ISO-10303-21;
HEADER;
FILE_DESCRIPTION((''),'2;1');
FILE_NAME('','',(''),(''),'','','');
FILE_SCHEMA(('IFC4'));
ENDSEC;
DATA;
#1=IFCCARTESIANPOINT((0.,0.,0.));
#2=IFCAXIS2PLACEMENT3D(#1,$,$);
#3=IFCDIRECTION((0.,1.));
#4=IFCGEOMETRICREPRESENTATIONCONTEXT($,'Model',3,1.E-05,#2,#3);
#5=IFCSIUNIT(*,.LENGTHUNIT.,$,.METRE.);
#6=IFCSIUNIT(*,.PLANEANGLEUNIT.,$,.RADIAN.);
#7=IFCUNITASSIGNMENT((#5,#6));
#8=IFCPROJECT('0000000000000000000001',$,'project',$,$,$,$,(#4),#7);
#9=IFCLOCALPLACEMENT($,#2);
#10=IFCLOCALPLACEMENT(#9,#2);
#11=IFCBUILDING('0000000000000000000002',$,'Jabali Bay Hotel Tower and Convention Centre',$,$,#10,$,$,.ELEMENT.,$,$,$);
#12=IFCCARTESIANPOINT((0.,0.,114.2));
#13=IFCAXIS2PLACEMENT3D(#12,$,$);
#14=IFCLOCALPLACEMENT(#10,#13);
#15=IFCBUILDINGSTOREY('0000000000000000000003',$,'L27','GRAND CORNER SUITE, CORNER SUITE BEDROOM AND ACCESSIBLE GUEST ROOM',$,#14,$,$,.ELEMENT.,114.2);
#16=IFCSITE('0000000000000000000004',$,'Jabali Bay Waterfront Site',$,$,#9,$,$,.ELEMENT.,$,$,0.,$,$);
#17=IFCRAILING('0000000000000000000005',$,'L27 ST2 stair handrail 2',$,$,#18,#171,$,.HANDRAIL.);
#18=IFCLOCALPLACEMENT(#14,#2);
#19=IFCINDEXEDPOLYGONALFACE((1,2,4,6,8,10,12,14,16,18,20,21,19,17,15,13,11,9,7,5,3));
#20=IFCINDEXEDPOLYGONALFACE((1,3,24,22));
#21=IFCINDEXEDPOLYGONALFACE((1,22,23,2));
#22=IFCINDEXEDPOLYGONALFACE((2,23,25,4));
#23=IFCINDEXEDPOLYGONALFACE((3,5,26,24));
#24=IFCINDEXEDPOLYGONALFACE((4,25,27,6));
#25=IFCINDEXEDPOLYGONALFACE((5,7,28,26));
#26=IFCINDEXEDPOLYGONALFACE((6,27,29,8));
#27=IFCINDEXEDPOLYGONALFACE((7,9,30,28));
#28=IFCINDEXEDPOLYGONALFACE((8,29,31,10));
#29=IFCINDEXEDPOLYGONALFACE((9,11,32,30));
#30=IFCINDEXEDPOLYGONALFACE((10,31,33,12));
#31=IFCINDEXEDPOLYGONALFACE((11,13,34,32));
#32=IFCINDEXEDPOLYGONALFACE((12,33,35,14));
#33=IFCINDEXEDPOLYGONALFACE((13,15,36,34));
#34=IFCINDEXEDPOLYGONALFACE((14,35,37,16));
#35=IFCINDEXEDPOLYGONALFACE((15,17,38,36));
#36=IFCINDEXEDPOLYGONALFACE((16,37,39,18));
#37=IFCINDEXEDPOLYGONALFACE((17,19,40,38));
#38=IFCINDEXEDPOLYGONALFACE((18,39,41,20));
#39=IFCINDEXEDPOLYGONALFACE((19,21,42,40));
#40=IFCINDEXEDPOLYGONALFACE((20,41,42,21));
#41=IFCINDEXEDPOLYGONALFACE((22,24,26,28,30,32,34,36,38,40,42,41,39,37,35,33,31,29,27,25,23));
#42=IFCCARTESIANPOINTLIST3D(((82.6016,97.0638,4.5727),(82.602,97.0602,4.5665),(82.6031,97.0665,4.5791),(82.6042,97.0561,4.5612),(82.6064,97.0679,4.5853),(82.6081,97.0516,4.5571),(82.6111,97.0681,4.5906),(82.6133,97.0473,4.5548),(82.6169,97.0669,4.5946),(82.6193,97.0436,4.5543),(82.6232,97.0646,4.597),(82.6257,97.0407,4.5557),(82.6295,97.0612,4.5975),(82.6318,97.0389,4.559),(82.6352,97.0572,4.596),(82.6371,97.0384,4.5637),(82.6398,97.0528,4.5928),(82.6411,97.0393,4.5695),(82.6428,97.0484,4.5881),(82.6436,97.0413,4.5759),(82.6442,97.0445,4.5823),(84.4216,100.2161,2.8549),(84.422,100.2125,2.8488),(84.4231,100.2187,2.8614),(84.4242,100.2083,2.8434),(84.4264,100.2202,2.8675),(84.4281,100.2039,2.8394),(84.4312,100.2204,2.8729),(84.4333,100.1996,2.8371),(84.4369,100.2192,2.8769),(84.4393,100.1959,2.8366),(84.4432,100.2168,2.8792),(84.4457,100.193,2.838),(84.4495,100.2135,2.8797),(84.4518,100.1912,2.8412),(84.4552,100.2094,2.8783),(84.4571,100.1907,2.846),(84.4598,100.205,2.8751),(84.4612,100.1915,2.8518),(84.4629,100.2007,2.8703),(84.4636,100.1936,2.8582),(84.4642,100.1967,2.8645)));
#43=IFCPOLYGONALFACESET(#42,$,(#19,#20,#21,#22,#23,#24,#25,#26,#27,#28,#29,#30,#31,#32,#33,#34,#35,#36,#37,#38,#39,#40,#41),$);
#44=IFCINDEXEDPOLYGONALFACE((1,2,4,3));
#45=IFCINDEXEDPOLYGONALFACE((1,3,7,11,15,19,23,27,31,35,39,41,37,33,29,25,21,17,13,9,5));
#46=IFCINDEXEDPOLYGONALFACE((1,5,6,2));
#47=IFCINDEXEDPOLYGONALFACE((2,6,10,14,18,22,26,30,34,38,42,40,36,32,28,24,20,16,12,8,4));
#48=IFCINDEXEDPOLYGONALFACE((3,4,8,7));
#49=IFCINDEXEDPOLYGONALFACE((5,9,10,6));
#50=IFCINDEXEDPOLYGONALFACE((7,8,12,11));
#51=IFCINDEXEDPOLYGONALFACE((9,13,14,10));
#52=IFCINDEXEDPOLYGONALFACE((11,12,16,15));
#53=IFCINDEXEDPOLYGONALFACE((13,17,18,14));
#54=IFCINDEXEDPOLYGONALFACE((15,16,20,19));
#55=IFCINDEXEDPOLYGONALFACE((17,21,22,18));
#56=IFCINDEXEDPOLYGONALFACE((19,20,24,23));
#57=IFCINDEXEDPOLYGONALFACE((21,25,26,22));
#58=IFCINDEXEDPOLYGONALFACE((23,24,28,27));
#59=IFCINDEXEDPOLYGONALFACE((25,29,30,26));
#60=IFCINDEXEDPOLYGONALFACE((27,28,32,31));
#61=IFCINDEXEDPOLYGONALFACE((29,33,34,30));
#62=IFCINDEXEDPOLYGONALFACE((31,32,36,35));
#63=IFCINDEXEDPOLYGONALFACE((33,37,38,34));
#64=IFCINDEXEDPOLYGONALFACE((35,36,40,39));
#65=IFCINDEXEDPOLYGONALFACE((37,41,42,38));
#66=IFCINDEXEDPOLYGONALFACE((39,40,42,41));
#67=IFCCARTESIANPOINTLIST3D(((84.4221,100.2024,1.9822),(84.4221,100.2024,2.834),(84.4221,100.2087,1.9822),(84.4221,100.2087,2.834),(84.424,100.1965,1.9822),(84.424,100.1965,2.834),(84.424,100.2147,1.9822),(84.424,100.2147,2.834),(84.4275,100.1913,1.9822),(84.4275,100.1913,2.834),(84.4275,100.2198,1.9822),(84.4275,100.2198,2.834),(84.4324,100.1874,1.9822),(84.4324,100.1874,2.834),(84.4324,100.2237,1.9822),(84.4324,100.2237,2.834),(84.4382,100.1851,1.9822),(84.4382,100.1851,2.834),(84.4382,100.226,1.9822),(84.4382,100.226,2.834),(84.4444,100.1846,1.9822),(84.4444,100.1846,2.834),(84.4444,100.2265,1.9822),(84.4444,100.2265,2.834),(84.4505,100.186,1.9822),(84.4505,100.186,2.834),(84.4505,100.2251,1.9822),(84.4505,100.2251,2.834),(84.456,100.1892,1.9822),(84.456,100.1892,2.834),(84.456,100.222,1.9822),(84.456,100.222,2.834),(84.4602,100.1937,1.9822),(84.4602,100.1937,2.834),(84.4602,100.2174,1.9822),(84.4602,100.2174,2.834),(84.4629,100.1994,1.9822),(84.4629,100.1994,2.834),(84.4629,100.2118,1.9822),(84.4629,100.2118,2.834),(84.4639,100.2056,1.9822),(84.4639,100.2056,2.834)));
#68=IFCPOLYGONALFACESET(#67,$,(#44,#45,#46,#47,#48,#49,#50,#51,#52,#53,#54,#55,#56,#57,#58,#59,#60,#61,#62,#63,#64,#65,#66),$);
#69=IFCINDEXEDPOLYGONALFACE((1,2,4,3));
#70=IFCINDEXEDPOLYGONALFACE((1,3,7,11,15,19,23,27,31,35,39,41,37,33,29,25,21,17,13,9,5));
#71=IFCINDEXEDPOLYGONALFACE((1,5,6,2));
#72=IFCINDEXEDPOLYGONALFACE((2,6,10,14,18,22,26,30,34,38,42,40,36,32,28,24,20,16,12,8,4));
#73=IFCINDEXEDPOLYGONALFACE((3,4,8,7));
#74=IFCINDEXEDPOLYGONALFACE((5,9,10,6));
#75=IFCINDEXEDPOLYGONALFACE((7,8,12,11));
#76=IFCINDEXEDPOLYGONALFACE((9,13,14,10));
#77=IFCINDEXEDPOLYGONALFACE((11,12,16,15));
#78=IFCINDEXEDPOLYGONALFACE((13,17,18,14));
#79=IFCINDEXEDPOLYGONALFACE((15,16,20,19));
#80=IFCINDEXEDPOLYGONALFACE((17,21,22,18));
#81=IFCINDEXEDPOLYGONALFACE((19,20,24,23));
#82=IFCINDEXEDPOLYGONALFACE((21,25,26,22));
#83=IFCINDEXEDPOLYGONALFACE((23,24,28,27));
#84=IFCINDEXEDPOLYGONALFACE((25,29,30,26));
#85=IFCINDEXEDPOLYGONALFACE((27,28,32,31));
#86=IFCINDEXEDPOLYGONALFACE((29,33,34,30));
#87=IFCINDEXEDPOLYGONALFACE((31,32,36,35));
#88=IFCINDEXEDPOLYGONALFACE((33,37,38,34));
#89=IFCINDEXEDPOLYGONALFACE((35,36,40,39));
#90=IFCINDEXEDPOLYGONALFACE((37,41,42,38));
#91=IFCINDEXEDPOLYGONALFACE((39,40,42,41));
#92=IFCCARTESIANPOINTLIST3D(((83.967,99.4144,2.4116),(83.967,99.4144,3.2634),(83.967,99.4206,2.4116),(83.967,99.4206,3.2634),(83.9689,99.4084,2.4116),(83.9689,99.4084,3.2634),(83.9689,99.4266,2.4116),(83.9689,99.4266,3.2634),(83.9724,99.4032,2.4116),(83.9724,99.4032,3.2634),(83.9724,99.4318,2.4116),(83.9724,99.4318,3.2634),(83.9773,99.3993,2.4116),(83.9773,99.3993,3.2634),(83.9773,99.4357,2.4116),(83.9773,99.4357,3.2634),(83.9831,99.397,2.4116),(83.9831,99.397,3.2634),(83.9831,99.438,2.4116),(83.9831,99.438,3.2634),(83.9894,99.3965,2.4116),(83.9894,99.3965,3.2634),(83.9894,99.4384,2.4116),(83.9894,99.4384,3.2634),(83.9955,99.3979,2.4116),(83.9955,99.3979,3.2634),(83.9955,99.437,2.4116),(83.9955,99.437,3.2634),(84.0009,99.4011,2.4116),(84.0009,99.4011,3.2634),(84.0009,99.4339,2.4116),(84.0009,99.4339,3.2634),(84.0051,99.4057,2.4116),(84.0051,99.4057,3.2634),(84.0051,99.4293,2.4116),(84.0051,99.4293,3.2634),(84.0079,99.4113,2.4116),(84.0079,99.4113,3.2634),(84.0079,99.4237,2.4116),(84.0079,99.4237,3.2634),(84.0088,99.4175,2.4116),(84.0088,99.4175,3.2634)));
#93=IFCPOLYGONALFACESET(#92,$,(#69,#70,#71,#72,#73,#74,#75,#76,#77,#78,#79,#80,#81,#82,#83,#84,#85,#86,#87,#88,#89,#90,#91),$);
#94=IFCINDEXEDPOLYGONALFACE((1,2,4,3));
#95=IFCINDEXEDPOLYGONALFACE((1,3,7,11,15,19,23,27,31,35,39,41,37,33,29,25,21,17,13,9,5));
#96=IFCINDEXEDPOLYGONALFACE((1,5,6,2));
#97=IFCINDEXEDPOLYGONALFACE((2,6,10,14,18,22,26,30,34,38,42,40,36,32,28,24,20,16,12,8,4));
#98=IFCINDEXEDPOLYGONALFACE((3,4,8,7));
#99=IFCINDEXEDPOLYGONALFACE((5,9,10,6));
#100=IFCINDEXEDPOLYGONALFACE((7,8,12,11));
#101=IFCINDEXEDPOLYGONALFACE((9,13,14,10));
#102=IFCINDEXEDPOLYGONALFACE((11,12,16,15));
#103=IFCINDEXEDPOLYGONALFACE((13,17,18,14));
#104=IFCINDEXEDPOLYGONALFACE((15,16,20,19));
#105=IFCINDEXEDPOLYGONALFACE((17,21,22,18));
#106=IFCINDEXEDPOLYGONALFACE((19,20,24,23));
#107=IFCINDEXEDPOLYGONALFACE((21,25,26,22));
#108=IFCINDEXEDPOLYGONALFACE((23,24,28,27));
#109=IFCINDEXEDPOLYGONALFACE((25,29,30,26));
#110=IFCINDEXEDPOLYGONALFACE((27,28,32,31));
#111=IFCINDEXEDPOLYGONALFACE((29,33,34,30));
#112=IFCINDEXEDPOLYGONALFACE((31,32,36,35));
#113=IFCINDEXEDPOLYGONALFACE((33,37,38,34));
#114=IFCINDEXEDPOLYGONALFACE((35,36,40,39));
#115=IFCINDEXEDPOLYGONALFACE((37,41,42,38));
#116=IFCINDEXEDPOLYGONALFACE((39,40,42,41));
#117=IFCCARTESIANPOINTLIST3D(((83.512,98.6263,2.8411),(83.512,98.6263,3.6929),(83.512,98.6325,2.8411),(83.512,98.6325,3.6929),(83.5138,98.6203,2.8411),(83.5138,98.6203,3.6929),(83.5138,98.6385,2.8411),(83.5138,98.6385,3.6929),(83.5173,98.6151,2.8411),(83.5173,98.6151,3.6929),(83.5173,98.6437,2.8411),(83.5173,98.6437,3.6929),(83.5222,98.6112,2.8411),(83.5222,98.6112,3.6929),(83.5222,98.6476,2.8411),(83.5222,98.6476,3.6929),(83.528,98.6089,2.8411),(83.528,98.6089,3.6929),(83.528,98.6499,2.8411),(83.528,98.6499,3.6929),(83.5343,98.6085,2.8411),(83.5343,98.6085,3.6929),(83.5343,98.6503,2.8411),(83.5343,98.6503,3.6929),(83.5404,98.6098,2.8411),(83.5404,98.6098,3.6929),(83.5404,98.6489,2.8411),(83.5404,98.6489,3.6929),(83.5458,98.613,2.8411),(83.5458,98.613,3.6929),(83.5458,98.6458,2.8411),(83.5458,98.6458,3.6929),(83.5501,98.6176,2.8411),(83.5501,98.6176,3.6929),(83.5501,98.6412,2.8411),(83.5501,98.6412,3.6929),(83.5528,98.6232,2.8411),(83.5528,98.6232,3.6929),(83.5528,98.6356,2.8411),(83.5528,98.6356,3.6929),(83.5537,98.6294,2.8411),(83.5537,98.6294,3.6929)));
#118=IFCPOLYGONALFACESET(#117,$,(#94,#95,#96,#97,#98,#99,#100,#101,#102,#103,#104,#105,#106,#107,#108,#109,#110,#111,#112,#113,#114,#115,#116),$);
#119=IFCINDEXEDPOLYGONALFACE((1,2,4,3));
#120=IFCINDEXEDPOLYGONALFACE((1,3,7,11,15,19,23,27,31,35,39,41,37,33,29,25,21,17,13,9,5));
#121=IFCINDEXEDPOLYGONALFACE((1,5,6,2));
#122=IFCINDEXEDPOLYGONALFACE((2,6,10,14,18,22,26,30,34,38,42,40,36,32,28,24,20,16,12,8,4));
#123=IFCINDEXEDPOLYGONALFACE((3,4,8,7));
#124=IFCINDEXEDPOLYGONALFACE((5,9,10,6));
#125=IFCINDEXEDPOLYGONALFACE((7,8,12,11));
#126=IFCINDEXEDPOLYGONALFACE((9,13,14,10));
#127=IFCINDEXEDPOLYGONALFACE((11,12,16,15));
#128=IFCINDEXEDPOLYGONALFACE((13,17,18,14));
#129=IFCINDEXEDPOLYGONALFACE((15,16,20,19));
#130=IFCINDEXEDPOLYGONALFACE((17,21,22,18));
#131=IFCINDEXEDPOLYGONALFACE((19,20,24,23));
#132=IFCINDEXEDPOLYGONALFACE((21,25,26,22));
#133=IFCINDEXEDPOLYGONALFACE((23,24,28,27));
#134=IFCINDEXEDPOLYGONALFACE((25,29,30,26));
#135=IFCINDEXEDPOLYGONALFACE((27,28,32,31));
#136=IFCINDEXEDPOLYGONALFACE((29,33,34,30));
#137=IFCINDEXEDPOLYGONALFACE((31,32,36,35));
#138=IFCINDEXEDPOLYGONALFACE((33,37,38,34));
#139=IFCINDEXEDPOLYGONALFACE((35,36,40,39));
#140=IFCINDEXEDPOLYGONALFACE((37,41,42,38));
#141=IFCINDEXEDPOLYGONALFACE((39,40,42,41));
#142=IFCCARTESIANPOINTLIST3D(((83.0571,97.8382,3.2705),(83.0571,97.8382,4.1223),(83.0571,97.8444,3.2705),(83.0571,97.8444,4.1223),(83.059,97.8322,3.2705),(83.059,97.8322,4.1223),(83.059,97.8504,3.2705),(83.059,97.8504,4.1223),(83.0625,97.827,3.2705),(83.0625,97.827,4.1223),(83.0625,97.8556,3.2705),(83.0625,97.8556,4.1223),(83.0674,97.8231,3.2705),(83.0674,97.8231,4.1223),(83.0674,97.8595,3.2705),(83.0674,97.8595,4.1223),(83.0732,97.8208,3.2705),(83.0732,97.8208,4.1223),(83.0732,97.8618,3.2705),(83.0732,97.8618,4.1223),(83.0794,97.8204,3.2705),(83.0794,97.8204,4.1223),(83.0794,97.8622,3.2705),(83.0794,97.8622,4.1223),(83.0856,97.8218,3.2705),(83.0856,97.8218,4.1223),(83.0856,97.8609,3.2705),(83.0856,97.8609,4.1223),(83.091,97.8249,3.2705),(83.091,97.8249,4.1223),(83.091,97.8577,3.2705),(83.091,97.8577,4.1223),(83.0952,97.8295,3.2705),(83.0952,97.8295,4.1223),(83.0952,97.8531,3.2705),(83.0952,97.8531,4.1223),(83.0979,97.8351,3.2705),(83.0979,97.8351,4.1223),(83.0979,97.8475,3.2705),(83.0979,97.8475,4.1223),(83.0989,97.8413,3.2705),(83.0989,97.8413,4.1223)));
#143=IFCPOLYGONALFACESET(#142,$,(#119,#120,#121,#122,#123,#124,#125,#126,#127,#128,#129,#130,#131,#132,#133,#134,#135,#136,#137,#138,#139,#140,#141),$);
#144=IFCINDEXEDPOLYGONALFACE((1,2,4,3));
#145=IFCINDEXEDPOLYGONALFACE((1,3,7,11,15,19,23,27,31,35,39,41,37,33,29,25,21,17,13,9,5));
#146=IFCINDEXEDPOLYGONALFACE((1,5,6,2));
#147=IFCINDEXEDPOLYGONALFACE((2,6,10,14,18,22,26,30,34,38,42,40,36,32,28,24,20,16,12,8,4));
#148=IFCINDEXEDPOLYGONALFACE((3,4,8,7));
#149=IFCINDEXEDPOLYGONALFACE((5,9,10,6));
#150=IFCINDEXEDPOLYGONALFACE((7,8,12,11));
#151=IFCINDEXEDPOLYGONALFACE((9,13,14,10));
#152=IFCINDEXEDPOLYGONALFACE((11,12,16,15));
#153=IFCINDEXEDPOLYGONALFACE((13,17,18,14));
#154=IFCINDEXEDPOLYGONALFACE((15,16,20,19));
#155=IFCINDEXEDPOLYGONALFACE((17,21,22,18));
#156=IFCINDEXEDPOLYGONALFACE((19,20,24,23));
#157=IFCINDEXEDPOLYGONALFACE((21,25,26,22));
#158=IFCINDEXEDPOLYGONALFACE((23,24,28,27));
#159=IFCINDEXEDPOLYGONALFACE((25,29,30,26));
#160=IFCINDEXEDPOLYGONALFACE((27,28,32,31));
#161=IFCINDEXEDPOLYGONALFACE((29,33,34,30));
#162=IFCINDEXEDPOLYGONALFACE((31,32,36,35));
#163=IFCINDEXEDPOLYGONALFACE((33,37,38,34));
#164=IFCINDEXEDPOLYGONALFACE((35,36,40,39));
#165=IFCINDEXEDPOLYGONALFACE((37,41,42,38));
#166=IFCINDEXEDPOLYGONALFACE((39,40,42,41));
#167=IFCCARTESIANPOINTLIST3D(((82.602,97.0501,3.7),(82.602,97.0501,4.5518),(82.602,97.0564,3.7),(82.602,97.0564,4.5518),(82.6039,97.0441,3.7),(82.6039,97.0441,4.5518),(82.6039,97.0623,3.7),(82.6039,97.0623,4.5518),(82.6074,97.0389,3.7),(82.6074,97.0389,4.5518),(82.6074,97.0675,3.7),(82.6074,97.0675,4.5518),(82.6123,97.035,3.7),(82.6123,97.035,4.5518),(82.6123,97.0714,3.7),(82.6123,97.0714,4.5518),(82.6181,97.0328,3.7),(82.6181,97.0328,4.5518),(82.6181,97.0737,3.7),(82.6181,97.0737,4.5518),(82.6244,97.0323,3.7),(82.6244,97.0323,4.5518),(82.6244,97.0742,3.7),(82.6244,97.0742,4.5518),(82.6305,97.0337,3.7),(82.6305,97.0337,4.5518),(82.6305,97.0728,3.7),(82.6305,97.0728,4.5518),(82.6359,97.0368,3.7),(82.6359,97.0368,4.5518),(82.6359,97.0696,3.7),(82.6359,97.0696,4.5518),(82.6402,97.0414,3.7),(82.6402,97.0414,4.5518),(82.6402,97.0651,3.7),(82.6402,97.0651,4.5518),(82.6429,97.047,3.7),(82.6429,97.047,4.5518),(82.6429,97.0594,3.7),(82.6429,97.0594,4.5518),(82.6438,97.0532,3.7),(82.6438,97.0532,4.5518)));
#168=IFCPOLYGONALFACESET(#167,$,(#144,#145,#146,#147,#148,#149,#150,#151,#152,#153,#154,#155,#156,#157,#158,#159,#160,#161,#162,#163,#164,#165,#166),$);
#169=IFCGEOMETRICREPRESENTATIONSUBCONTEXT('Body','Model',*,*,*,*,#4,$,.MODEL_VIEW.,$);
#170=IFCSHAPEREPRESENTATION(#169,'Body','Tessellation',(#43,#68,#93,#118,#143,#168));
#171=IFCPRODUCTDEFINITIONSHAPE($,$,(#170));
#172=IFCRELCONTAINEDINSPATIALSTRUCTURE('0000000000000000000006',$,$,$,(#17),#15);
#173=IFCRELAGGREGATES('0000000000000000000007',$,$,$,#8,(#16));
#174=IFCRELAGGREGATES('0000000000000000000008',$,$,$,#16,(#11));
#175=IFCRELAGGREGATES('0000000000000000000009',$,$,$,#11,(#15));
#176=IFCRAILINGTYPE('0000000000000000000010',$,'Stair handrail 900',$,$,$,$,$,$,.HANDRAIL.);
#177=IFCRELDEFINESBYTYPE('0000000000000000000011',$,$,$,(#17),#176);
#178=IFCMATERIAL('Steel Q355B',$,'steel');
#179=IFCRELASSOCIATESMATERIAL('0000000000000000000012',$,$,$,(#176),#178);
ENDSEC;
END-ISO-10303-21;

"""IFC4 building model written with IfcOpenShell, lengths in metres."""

from ifc_helpers import new_model, si_unit, direction, frame, origin, origin_2d, place, context, subcontext, project, spatial, circle, extrude, material, type_object, element, save


model = new_model("IFC4")

# Units and contexts
model_context = context("Model", 3, precision=1e-05, world=origin(), true_north=direction((0.0, 1.0)))
body_context = subcontext(model_context, "Body", "Model", "MODEL_VIEW")
ifc_project = project(units=[si_unit("LENGTHUNIT", "METRE"), si_unit("PLANEANGLEUNIT", "RADIAN")], contexts=[model_context])

# Site, building, storey
site_placement = place(None, origin())
site = spatial("IfcSite", under=ifc_project, at=site_placement, Name="Jabali Bay Waterfront Site", CompositionType="ELEMENT", RefElevation=0.0)
building_placement = place(site_placement, origin())
building = spatial("IfcBuilding", under=site, at=building_placement, Name="Jabali Bay Hotel Tower and Convention Centre", CompositionType="ELEMENT")
storey_placement = place(building_placement, frame((0.0, 0.0, 114.2)))
storey = spatial("IfcBuildingStorey", under=building, at=storey_placement, Name="L27", Description="GRAND CORNER SUITE, CORNER SUITE BEDROOM AND ACCESSIBLE GUEST ROOM", CompositionType="ELEMENT", Elevation=114.2)

# Railing
ifc_material_1 = material(Name="Steel Q355B", Category="steel")
railing_type_1 = type_object("IfcRailingType", Name="Stair handrail 900", PredefinedType="HANDRAIL", material=ifc_material_1)
railing_1_placement = place(storey_placement, frame((84.4429, 100.2056, 1.9822)))
element("IfcRailing", 1, at=railing_1_placement, inside=storey, type_object=railing_type_1, Name="L27 ST2 stair handrail 2", PredefinedType="HANDRAIL", context=body_context, shape_type="SweptSolid", body=[
    extrude(circle(Radius=0.0239, at=origin_2d()), frame((0.0, 0.0, 0.876), z_axis=(-0.45219, -0.78319, 0.426775), x_axis=(0.866018, -0.500013, 0.0)), (0.0, 0.0, 1.0), 4.0249),
    extrude(circle(Radius=0.021, at=origin_2d()), origin(), (0.0, 0.0, 1.0), 0.8518),
    extrude(circle(Radius=0.021, at=origin_2d()), frame((-0.4551, -0.7881, 0.4294)), (0.0, 0.0, 1.0), 0.8518),
    extrude(circle(Radius=0.021, at=origin_2d()), frame((-0.9102, -1.5762, 0.8589)), (0.0, 0.0, 1.0), 0.8518),
    extrude(circle(Radius=0.021, at=origin_2d()), frame((-1.365, -2.3643, 1.2883)), (0.0, 0.0, 1.0), 0.8518),
    extrude(circle(Radius=0.021, at=origin_2d()), frame((-1.8201, -3.1523, 1.7178)), (0.0, 0.0, 1.0), 0.8518),
])

save(model, "model.ifc")
